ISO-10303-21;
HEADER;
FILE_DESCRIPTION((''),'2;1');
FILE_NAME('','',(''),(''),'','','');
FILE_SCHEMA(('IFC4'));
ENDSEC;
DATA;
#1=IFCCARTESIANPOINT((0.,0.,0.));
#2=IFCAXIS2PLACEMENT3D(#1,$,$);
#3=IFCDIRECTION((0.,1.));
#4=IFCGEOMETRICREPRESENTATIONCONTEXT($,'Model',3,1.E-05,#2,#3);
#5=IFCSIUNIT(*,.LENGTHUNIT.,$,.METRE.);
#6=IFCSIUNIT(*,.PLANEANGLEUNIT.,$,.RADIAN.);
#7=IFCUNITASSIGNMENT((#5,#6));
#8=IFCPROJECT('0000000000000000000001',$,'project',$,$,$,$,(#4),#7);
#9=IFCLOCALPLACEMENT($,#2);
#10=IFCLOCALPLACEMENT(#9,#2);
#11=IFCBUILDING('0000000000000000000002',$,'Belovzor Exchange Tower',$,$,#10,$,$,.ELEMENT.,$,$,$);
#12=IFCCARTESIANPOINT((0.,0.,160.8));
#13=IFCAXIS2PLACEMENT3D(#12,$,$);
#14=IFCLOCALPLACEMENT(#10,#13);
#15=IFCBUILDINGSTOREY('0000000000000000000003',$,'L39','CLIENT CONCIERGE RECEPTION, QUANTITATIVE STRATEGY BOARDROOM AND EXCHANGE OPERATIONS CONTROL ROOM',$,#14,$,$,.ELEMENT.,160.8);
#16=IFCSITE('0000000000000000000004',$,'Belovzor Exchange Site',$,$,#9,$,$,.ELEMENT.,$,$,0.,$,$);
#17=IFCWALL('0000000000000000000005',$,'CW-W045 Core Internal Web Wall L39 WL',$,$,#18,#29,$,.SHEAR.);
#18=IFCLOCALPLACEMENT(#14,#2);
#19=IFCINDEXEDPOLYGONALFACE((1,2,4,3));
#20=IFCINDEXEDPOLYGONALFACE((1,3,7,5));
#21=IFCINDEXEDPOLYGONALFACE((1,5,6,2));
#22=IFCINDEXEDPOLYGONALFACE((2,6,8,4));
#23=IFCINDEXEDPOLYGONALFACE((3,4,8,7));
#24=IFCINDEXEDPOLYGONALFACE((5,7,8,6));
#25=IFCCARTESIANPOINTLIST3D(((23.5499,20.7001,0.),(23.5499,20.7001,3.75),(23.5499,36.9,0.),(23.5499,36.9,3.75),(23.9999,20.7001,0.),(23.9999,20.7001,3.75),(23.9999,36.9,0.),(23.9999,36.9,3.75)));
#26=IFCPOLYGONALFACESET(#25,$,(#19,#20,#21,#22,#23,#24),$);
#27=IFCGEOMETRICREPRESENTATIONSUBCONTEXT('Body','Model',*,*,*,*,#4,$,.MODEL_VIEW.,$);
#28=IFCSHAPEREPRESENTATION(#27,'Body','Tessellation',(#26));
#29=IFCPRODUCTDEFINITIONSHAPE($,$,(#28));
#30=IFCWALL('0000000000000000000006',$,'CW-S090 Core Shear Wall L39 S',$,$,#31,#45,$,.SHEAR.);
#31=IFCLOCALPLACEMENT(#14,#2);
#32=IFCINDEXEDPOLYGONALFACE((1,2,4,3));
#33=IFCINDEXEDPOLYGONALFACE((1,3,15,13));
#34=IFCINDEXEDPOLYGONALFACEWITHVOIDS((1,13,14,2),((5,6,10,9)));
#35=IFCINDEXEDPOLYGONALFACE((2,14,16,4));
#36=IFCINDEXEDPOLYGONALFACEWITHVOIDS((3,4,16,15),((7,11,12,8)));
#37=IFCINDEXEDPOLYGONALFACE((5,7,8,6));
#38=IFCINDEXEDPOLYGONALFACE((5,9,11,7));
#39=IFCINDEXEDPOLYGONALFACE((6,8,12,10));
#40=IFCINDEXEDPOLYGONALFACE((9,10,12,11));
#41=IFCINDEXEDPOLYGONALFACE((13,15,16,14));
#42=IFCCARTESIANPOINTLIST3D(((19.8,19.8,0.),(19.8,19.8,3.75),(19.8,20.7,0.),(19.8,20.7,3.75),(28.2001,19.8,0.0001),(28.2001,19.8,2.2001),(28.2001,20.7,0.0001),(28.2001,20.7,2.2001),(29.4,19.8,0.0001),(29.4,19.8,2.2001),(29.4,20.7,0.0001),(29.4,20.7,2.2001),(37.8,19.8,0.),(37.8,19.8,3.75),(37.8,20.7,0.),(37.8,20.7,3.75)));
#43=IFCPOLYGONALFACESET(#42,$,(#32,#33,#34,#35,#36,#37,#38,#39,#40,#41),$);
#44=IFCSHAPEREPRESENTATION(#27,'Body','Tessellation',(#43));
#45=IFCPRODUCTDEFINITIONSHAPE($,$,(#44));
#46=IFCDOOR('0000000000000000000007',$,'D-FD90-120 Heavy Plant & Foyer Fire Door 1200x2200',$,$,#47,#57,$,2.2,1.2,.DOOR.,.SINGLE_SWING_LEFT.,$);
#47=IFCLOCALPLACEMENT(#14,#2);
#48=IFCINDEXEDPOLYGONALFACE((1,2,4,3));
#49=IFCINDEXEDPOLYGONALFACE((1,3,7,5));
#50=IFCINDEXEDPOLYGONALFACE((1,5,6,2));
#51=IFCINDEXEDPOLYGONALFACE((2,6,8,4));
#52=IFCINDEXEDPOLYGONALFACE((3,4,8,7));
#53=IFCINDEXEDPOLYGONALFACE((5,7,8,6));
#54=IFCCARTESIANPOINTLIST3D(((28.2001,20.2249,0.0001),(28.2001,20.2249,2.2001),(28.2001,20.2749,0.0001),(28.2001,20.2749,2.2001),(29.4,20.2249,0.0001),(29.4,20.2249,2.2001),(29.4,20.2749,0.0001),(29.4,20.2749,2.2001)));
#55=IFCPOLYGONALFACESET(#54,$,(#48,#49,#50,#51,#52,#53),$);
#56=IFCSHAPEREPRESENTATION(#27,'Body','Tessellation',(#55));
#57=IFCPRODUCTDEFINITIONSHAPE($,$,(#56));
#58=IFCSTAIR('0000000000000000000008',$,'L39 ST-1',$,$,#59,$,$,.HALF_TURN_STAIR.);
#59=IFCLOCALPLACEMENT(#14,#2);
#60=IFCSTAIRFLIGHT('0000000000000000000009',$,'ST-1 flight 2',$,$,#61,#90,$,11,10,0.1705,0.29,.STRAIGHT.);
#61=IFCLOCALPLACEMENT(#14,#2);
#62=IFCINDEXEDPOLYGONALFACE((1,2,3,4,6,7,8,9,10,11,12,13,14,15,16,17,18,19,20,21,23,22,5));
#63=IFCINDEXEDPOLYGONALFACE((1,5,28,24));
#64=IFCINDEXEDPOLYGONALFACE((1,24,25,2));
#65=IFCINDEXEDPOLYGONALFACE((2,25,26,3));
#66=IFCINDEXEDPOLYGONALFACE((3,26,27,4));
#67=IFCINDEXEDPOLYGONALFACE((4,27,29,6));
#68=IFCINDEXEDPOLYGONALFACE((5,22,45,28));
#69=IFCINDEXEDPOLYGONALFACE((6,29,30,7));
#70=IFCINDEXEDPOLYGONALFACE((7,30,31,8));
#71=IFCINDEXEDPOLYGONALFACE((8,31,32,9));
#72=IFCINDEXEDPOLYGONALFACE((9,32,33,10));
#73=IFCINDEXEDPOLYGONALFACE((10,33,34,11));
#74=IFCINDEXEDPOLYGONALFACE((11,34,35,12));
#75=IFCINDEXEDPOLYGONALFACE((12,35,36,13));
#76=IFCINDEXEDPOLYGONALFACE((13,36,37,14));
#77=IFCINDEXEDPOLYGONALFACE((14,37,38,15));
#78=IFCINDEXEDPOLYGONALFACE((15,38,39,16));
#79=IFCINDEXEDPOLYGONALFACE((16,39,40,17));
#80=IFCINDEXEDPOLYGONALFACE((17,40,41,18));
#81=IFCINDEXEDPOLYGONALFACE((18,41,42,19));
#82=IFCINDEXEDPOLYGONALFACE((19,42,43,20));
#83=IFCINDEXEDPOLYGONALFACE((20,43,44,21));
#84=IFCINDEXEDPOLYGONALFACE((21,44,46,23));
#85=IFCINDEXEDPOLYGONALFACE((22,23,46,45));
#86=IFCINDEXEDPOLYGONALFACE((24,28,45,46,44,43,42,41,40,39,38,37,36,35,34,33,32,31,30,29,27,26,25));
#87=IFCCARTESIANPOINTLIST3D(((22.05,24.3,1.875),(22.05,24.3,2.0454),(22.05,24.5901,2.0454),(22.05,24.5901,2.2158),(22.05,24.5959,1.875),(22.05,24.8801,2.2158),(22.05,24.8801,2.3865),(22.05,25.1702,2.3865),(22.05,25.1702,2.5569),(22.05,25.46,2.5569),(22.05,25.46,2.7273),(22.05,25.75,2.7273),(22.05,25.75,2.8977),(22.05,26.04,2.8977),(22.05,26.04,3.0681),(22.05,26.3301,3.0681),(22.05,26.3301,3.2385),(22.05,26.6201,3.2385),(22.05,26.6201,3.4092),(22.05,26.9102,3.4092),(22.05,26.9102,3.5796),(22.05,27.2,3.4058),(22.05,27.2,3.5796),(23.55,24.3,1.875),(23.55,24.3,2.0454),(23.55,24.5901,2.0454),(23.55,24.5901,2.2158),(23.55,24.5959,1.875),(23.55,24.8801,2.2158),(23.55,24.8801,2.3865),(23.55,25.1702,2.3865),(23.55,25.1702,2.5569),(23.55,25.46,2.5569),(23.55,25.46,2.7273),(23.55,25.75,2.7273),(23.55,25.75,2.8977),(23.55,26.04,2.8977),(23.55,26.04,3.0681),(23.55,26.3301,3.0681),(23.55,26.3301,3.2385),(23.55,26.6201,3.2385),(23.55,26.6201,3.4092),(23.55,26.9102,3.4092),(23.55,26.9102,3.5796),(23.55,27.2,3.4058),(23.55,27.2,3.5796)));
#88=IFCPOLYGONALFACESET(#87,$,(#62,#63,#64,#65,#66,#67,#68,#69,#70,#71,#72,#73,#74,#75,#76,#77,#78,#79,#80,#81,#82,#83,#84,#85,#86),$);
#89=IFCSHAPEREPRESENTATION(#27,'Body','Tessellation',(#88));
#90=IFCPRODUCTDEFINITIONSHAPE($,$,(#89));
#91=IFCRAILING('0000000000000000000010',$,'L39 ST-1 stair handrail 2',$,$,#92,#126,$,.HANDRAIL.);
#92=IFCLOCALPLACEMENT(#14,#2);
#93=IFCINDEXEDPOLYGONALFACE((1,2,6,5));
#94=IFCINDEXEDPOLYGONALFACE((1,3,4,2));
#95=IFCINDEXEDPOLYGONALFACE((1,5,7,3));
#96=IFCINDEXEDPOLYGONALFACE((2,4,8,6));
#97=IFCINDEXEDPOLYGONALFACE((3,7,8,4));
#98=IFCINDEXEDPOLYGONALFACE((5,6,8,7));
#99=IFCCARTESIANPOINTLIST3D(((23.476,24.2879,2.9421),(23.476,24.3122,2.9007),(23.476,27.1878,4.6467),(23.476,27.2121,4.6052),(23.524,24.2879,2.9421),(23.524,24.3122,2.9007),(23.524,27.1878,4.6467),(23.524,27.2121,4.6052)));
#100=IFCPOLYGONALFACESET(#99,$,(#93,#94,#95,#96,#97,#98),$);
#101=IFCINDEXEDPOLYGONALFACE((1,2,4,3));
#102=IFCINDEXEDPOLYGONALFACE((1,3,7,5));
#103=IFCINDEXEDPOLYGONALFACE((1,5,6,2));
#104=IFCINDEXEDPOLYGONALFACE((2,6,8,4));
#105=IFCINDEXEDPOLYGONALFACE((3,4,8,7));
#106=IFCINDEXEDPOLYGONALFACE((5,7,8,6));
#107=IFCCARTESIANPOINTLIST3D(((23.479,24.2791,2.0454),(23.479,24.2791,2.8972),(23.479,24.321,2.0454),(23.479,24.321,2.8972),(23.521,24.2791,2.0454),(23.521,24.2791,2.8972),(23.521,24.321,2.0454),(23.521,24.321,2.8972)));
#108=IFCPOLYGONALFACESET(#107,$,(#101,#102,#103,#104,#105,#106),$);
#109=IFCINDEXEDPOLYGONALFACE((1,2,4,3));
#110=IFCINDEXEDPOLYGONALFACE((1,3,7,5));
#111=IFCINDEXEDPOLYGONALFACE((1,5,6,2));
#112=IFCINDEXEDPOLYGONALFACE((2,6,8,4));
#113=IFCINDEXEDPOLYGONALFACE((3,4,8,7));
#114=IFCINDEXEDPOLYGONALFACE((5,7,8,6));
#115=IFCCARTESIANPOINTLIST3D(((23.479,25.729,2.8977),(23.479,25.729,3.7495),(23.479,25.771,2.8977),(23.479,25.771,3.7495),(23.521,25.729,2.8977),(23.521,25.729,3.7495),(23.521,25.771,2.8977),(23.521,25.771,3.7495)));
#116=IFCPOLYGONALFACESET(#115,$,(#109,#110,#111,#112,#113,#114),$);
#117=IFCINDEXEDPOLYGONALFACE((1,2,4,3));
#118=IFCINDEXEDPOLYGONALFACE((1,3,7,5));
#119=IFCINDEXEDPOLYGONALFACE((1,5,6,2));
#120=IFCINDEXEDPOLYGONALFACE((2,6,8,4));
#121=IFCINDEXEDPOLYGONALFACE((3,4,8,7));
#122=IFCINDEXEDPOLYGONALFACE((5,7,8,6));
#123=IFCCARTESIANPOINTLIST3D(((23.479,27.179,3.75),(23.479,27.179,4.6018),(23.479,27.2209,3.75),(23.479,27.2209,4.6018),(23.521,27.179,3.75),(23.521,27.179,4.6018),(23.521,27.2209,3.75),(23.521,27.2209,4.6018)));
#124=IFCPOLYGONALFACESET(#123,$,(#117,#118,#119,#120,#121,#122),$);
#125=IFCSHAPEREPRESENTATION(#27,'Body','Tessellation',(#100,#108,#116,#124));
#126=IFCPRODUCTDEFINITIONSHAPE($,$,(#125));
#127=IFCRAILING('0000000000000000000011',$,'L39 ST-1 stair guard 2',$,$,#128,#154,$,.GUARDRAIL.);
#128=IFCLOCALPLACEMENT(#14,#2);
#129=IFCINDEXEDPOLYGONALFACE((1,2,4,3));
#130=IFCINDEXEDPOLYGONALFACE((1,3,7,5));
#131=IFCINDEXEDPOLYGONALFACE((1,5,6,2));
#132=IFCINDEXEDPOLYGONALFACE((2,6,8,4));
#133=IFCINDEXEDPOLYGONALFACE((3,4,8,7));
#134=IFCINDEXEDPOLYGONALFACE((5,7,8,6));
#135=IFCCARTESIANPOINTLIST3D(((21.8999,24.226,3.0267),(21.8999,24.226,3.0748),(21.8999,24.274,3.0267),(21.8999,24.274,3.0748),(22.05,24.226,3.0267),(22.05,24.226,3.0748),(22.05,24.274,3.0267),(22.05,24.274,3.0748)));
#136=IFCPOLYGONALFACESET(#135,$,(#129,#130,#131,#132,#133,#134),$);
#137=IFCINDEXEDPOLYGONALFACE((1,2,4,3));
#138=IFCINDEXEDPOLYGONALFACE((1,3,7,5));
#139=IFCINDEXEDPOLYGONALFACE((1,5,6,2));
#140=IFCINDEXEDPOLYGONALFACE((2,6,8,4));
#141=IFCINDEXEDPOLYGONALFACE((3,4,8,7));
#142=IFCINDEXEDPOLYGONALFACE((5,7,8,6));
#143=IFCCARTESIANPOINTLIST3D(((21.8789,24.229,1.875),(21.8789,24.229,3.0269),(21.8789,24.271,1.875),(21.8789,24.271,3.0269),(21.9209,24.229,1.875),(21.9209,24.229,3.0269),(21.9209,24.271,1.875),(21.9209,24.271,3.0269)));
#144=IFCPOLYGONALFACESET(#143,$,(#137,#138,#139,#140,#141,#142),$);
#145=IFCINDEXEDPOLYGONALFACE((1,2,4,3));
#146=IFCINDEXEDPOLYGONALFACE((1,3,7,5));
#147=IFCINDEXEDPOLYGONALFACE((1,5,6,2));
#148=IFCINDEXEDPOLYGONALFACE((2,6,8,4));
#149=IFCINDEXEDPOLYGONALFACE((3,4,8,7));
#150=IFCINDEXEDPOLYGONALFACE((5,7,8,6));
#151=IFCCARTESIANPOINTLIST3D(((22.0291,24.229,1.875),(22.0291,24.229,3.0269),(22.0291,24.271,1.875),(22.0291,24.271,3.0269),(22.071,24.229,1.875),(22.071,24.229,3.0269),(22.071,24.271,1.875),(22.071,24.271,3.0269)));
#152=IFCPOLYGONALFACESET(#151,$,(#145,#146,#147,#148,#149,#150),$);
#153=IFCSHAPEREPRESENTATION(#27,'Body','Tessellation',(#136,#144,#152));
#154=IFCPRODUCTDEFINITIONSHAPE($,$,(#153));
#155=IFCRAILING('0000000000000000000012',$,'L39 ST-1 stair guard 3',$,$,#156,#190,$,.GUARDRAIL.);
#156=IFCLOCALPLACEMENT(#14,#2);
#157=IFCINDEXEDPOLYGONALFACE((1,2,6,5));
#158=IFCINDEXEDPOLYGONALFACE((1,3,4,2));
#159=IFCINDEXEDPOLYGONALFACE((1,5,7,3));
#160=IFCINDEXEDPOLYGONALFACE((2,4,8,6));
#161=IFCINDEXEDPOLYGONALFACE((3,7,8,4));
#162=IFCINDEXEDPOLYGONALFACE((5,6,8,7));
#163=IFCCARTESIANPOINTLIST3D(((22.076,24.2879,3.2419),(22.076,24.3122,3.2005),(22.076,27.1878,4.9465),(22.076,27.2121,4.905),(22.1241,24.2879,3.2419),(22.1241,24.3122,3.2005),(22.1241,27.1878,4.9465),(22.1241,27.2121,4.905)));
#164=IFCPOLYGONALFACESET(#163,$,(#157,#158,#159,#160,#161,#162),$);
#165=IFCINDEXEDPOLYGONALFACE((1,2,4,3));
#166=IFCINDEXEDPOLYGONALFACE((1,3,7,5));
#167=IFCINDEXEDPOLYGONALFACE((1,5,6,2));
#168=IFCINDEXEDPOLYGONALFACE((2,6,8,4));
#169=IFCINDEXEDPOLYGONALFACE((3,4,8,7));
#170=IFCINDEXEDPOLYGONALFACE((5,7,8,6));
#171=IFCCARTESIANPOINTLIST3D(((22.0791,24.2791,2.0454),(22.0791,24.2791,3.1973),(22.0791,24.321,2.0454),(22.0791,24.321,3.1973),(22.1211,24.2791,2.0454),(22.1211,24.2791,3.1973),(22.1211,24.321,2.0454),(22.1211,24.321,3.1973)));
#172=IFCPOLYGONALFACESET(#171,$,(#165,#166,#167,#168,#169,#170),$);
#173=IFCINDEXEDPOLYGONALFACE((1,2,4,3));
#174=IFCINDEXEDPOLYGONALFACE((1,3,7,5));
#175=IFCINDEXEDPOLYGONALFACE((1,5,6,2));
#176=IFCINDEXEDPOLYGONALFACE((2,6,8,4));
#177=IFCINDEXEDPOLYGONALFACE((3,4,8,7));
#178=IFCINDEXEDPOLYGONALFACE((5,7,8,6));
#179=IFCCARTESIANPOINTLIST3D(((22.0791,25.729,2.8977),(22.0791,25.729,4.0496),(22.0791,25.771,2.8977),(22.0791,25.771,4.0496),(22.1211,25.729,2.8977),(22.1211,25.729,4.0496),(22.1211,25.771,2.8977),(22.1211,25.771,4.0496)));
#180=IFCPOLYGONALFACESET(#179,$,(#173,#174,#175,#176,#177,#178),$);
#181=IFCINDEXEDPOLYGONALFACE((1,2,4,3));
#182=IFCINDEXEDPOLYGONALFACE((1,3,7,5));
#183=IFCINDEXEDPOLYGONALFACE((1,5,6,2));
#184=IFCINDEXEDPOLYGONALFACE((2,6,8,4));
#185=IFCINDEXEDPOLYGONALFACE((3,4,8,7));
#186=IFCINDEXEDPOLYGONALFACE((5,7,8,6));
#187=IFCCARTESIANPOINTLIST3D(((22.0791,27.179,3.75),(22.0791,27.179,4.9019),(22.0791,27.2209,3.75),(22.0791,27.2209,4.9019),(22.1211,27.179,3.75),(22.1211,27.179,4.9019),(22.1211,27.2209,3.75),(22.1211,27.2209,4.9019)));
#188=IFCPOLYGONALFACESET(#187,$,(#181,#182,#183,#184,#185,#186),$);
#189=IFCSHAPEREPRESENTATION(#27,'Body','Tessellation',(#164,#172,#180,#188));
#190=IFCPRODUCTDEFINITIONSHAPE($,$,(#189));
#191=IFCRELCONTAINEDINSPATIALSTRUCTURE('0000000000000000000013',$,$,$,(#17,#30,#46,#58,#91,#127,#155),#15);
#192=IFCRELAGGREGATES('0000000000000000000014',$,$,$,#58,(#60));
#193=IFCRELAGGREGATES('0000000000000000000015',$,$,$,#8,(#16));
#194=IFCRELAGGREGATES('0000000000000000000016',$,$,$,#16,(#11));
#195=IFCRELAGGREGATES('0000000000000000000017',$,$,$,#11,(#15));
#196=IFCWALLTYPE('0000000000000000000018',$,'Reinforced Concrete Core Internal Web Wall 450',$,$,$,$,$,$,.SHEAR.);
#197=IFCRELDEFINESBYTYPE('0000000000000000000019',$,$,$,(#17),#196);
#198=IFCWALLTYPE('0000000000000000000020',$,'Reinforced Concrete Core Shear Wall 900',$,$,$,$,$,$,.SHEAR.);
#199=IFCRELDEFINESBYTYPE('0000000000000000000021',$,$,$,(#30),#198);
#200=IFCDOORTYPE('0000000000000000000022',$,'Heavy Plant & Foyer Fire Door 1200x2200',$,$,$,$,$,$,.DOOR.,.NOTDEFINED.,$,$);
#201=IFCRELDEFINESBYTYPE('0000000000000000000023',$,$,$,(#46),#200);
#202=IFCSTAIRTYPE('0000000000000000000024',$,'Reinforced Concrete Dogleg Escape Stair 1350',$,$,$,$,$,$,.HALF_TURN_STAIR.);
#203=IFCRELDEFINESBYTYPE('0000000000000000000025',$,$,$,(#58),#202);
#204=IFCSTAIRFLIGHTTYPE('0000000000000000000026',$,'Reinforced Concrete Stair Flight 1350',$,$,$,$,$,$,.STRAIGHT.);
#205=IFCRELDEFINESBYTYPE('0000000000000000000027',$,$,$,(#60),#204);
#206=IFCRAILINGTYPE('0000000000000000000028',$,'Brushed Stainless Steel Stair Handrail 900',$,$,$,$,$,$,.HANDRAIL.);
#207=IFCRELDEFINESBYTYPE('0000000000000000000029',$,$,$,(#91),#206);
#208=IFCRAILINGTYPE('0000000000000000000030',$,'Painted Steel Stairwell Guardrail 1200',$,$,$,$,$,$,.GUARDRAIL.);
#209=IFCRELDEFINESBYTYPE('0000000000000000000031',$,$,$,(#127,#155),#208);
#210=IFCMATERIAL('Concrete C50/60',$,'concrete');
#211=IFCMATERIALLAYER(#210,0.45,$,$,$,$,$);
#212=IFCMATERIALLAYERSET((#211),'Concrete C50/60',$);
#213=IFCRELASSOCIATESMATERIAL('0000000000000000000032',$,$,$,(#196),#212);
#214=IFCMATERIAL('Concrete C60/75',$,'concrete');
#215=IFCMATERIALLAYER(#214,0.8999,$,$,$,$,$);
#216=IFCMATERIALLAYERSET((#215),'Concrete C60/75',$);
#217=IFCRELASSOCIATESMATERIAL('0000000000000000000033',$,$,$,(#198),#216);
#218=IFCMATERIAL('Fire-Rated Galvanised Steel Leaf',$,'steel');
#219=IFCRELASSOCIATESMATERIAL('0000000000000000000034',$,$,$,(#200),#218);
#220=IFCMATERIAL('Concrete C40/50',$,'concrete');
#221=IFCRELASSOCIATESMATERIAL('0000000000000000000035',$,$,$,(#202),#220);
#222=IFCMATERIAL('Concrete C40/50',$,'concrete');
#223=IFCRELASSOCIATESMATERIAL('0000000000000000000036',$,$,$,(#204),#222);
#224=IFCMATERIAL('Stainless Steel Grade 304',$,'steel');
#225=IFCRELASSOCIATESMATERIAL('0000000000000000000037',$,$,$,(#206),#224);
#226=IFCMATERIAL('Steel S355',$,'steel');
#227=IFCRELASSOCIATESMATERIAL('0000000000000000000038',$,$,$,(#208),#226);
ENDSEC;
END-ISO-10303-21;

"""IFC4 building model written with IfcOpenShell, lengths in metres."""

from ifc_helpers import new_model, si_unit, direction, frame, frame_2d, origin, origin_2d, place, context, subcontext, project, spatial, polyline, rectangle, outline, extrude, material, layer, layer_set, type_object, element, fill, aggregate, save


model = new_model("IFC4")

# Units and contexts
model_context = context("Model", 3, precision=1e-05, world=origin(), true_north=direction((0.0, 1.0)))
body_context = subcontext(model_context, "Body", "Model", "MODEL_VIEW")
ifc_project = project(units=[si_unit("LENGTHUNIT", "METRE"), si_unit("PLANEANGLEUNIT", "RADIAN")], contexts=[model_context])

# Site, building, storey
site_placement = place(None, origin())
site = spatial("IfcSite", under=ifc_project, at=site_placement, Name="Belovzor Exchange Site", CompositionType="ELEMENT", RefElevation=0.0)
building_placement = place(site_placement, origin())
building = spatial("IfcBuilding", under=site, at=building_placement, Name="Belovzor Exchange Tower", CompositionType="ELEMENT")
storey_placement = place(building_placement, frame((0.0, 0.0, 160.8)))
storey = spatial("IfcBuildingStorey", under=building, at=storey_placement, Name="L39", Description="CLIENT CONCIERGE RECEPTION, QUANTITATIVE STRATEGY BOARDROOM AND EXCHANGE OPERATIONS CONTROL ROOM", CompositionType="ELEMENT", Elevation=160.8)

# Wall
ifc_material_1 = material(Name="Concrete C50/60", Category="concrete")
ifc_layer_1 = layer(ifc_material_1, 0.45)
ifc_layer_set_1 = layer_set([ifc_layer_1], Name="Concrete C50/60")
wall_type_1 = type_object("IfcWallType", Name="Reinforced Concrete Core Internal Web Wall 450", PredefinedType="SHEAR", material=ifc_layer_set_1)
wall_1_placement = place(storey_placement, frame((23.7749, 20.7, 0.0), z_axis=(0.0, 0.0, 1.0), x_axis=(0.0, 1.0, 0.0)))
element("IfcWall", 1, at=wall_1_placement, inside=storey, type_object=wall_type_1, Name="CW-W045 Core Internal Web Wall L39 WL", PredefinedType="SHEAR", context=body_context, shape_type="SweptSolid", body=[
    extrude(rectangle(XDim=16.2, YDim=0.45, at=frame_2d((8.1001, 0.0))), origin(), (0.0, 0.0, 1.0), 3.75),
])

# Wall, opening, door
ifc_material_2 = material(Name="Concrete C60/75", Category="concrete")
ifc_layer_2 = layer(ifc_material_2, 0.8999)
ifc_layer_set_2 = layer_set([ifc_layer_2], Name="Concrete C60/75")
wall_type_2 = type_object("IfcWallType", Name="Reinforced Concrete Core Shear Wall 900", PredefinedType="SHEAR", material=ifc_layer_set_2)
wall_2_placement = place(storey_placement, frame((19.8, 20.25, 0.0), z_axis=(0.0, 0.0, 1.0), x_axis=(1.0, 0.0, 0.0)))
wall_2 = element("IfcWall", 2, at=wall_2_placement, inside=storey, type_object=wall_type_2, Name="CW-S090 Core Shear Wall L39 S", PredefinedType="SHEAR", context=body_context, shape_type="SweptSolid", body=[
    extrude(rectangle(XDim=18.0, YDim=0.8999, at=frame_2d((9.0, 0.0))), origin(), (0.0, 0.0, 1.0), 3.75),
])
opening_1_placement = place(wall_2_placement, frame((8.3999, 0.0, 0.0)))
opening_1 = element("IfcOpeningElement", 3, at=opening_1_placement, cuts=wall_2, PredefinedType="OPENING", context=body_context, shape_type="SweptSolid", body=[
    extrude(rectangle(XDim=1.2, YDim=2.2, at=frame_2d((0.6001, 1.1001))), frame((0.0, 0.46, 0.0), z_axis=(0.0, -1.0, 0.0), x_axis=(1.0, 0.0, 0.0)), (0.0, 0.0, 1.0), 0.9199),
])
ifc_material_3 = material(Name="Fire-Rated Galvanised Steel Leaf", Category="steel")
door_type_1 = type_object("IfcDoorType", Name="Heavy Plant & Foyer Fire Door 1200x2200", OperationType="NOTDEFINED", PredefinedType="DOOR", material=ifc_material_3)
door_1_placement = place(opening_1_placement, origin())
door_1 = element("IfcDoor", 4, at=door_1_placement, inside=storey, type_object=door_type_1, Name="D-FD90-120 Heavy Plant & Foyer Fire Door 1200x2200", OperationType="SINGLE_SWING_LEFT", OverallHeight=2.2, OverallWidth=1.2, PredefinedType="DOOR", context=body_context, shape_type="SweptSolid", body=[
    extrude(rectangle(XDim=1.2, YDim=2.2, at=frame_2d((0.6001, 1.1001))), frame((0.0, 0.0249, 0.0), z_axis=(0.0, -1.0, 0.0), x_axis=(1.0, 0.0, 0.0)), (0.0, 0.0, 1.0), 0.05),
])
fill(opening_1, door_1)

# Stair, stair flight
ifc_material_4 = material(Name="Concrete C40/50", Category="concrete")
stair_type = type_object("IfcStairType", Name="Reinforced Concrete Dogleg Escape Stair 1350", PredefinedType="HALF_TURN_STAIR", material=ifc_material_4)
stair_placement = place(storey_placement, origin())
stair = element("IfcStair", 5, at=stair_placement, inside=storey, type_object=stair_type, Name="L39 ST-1", PredefinedType="HALF_TURN_STAIR")
ifc_material_5 = material(Name="Concrete C40/50", Category="concrete")
stair_flight_type = type_object("IfcStairFlightType", Name="Reinforced Concrete Stair Flight 1350", PredefinedType="STRAIGHT", material=ifc_material_5)
stair_flight_placement = place(storey_placement, frame((22.8, 24.3, 1.875), z_axis=(0.0, 0.0, 1.0), x_axis=(0.0, 1.0, 0.0)))
stair_flight = element("IfcStairFlight", 6, at=stair_flight_placement, type_object=stair_flight_type, Name="ST-1 flight 2", NumberOfRisers=11, NumberOfTreads=10, PredefinedType="STRAIGHT", RiserHeight=0.1705, TreadLength=0.29, context=body_context, shape_type="SweptSolid", body=[
    extrude(outline(polyline([(0.0, 0.0), (0.0, 0.1704), (0.29, 0.1704), (0.29, 0.3408), (0.5801, 0.3408), (0.5801, 0.5115), (0.8701, 0.5115), (0.8701, 0.6819), (1.1599, 0.6819), (1.1599, 0.8523), (1.45, 0.8523), (1.45, 1.0227), (1.74, 1.0227), (1.74, 1.1931), (2.03, 1.1931), (2.03, 1.3635), (2.3201, 1.3635), (2.3201, 1.5342), (2.6101, 1.5342), (2.6101, 1.7046), (2.8999, 1.7046), (2.8999, 1.875), (2.8999, 1.5308), (0.2959, 0.0), (0.0, 0.0)])), frame((0.0, 0.75, 0.0), z_axis=(0.0, -1.0, 0.0), x_axis=(1.0, 0.0, 0.0)), (0.0, 0.0, 1.0), 1.5),
])
aggregate(stair, [stair_flight])

# Railings
ifc_material_6 = material(Name="Stainless Steel Grade 304", Category="steel")
railing_type_1 = type_object("IfcRailingType", Name="Brushed Stainless Steel Stair Handrail 900", PredefinedType="HANDRAIL", material=ifc_material_6)
railing_1_placement = place(storey_placement, frame((23.5, 24.3, 2.0454)))
element("IfcRailing", 7, at=railing_1_placement, inside=storey, type_object=railing_type_1, Name="L39 ST-1 stair handrail 2", PredefinedType="HANDRAIL", context=body_context, shape_type="SweptSolid", body=[
    extrude(rectangle(XDim=0.0481, YDim=0.0481, at=origin_2d()), frame((0.0, 0.0, 0.876), z_axis=(0.0, 0.862095, 0.506747), x_axis=(-1.0, 0.0, 0.0)), (0.0, 0.0, 1.0), 3.3638),
    extrude(rectangle(XDim=0.042, YDim=0.042, at=origin_2d()), origin(), (0.0, 0.0, 1.0), 0.8518),
    extrude(rectangle(XDim=0.042, YDim=0.042, at=origin_2d()), frame((0.0, 1.45, 0.8523)), (0.0, 0.0, 1.0), 0.8518),
    extrude(rectangle(XDim=0.042, YDim=0.042, at=origin_2d()), frame((0.0, 2.8999, 1.7046)), (0.0, 0.0, 1.0), 0.8518),
])
ifc_material_7 = material(Name="Steel S355", Category="steel")
railing_type_2 = type_object("IfcRailingType", Name="Painted Steel Stairwell Guardrail 1200", PredefinedType="GUARDRAIL", material=ifc_material_7)
railing_2_placement = place(storey_placement, frame((21.8999, 24.25, 1.875)))
element("IfcRailing", 8, at=railing_2_placement, inside=storey, type_object=railing_type_2, Name="L39 ST-1 stair guard 2", PredefinedType="GUARDRAIL", context=body_context, shape_type="SweptSolid", body=[
    extrude(rectangle(XDim=0.0481, YDim=0.0481, at=origin_2d()), frame((0.0, 0.0, 1.1758), z_axis=(1.0, 0.0, 0.0), x_axis=(0.0, 1.0, 0.0)), (0.0, 0.0, 1.0), 0.1501),
    extrude(rectangle(XDim=0.042, YDim=0.042, at=origin_2d()), origin(), (0.0, 0.0, 1.0), 1.1519),
    extrude(rectangle(XDim=0.042, YDim=0.042, at=origin_2d()), frame((0.1501, 0.0, 0.0)), (0.0, 0.0, 1.0), 1.1519),
])
railing_3_placement = place(storey_placement, frame((22.1001, 24.3, 2.0454)))
element("IfcRailing", 9, at=railing_3_placement, inside=storey, type_object=railing_type_2, Name="L39 ST-1 stair guard 3", PredefinedType="GUARDRAIL", context=body_context, shape_type="SweptSolid", body=[
    extrude(rectangle(XDim=0.0481, YDim=0.0481, at=origin_2d()), frame((0.0, 0.0, 1.1758), z_axis=(0.0, 0.862095, 0.506747), x_axis=(-1.0, 0.0, 0.0)), (0.0, 0.0, 1.0), 3.3638),
    extrude(rectangle(XDim=0.042, YDim=0.042, at=origin_2d()), origin(), (0.0, 0.0, 1.0), 1.1519),
    extrude(rectangle(XDim=0.042, YDim=0.042, at=origin_2d()), frame((0.0, 1.45, 0.8523)), (0.0, 0.0, 1.0), 1.1519),
    extrude(rectangle(XDim=0.042, YDim=0.042, at=origin_2d()), frame((0.0, 2.8999, 1.7046)), (0.0, 0.0, 1.0), 1.1519),
])

save(model, "model.ifc")
